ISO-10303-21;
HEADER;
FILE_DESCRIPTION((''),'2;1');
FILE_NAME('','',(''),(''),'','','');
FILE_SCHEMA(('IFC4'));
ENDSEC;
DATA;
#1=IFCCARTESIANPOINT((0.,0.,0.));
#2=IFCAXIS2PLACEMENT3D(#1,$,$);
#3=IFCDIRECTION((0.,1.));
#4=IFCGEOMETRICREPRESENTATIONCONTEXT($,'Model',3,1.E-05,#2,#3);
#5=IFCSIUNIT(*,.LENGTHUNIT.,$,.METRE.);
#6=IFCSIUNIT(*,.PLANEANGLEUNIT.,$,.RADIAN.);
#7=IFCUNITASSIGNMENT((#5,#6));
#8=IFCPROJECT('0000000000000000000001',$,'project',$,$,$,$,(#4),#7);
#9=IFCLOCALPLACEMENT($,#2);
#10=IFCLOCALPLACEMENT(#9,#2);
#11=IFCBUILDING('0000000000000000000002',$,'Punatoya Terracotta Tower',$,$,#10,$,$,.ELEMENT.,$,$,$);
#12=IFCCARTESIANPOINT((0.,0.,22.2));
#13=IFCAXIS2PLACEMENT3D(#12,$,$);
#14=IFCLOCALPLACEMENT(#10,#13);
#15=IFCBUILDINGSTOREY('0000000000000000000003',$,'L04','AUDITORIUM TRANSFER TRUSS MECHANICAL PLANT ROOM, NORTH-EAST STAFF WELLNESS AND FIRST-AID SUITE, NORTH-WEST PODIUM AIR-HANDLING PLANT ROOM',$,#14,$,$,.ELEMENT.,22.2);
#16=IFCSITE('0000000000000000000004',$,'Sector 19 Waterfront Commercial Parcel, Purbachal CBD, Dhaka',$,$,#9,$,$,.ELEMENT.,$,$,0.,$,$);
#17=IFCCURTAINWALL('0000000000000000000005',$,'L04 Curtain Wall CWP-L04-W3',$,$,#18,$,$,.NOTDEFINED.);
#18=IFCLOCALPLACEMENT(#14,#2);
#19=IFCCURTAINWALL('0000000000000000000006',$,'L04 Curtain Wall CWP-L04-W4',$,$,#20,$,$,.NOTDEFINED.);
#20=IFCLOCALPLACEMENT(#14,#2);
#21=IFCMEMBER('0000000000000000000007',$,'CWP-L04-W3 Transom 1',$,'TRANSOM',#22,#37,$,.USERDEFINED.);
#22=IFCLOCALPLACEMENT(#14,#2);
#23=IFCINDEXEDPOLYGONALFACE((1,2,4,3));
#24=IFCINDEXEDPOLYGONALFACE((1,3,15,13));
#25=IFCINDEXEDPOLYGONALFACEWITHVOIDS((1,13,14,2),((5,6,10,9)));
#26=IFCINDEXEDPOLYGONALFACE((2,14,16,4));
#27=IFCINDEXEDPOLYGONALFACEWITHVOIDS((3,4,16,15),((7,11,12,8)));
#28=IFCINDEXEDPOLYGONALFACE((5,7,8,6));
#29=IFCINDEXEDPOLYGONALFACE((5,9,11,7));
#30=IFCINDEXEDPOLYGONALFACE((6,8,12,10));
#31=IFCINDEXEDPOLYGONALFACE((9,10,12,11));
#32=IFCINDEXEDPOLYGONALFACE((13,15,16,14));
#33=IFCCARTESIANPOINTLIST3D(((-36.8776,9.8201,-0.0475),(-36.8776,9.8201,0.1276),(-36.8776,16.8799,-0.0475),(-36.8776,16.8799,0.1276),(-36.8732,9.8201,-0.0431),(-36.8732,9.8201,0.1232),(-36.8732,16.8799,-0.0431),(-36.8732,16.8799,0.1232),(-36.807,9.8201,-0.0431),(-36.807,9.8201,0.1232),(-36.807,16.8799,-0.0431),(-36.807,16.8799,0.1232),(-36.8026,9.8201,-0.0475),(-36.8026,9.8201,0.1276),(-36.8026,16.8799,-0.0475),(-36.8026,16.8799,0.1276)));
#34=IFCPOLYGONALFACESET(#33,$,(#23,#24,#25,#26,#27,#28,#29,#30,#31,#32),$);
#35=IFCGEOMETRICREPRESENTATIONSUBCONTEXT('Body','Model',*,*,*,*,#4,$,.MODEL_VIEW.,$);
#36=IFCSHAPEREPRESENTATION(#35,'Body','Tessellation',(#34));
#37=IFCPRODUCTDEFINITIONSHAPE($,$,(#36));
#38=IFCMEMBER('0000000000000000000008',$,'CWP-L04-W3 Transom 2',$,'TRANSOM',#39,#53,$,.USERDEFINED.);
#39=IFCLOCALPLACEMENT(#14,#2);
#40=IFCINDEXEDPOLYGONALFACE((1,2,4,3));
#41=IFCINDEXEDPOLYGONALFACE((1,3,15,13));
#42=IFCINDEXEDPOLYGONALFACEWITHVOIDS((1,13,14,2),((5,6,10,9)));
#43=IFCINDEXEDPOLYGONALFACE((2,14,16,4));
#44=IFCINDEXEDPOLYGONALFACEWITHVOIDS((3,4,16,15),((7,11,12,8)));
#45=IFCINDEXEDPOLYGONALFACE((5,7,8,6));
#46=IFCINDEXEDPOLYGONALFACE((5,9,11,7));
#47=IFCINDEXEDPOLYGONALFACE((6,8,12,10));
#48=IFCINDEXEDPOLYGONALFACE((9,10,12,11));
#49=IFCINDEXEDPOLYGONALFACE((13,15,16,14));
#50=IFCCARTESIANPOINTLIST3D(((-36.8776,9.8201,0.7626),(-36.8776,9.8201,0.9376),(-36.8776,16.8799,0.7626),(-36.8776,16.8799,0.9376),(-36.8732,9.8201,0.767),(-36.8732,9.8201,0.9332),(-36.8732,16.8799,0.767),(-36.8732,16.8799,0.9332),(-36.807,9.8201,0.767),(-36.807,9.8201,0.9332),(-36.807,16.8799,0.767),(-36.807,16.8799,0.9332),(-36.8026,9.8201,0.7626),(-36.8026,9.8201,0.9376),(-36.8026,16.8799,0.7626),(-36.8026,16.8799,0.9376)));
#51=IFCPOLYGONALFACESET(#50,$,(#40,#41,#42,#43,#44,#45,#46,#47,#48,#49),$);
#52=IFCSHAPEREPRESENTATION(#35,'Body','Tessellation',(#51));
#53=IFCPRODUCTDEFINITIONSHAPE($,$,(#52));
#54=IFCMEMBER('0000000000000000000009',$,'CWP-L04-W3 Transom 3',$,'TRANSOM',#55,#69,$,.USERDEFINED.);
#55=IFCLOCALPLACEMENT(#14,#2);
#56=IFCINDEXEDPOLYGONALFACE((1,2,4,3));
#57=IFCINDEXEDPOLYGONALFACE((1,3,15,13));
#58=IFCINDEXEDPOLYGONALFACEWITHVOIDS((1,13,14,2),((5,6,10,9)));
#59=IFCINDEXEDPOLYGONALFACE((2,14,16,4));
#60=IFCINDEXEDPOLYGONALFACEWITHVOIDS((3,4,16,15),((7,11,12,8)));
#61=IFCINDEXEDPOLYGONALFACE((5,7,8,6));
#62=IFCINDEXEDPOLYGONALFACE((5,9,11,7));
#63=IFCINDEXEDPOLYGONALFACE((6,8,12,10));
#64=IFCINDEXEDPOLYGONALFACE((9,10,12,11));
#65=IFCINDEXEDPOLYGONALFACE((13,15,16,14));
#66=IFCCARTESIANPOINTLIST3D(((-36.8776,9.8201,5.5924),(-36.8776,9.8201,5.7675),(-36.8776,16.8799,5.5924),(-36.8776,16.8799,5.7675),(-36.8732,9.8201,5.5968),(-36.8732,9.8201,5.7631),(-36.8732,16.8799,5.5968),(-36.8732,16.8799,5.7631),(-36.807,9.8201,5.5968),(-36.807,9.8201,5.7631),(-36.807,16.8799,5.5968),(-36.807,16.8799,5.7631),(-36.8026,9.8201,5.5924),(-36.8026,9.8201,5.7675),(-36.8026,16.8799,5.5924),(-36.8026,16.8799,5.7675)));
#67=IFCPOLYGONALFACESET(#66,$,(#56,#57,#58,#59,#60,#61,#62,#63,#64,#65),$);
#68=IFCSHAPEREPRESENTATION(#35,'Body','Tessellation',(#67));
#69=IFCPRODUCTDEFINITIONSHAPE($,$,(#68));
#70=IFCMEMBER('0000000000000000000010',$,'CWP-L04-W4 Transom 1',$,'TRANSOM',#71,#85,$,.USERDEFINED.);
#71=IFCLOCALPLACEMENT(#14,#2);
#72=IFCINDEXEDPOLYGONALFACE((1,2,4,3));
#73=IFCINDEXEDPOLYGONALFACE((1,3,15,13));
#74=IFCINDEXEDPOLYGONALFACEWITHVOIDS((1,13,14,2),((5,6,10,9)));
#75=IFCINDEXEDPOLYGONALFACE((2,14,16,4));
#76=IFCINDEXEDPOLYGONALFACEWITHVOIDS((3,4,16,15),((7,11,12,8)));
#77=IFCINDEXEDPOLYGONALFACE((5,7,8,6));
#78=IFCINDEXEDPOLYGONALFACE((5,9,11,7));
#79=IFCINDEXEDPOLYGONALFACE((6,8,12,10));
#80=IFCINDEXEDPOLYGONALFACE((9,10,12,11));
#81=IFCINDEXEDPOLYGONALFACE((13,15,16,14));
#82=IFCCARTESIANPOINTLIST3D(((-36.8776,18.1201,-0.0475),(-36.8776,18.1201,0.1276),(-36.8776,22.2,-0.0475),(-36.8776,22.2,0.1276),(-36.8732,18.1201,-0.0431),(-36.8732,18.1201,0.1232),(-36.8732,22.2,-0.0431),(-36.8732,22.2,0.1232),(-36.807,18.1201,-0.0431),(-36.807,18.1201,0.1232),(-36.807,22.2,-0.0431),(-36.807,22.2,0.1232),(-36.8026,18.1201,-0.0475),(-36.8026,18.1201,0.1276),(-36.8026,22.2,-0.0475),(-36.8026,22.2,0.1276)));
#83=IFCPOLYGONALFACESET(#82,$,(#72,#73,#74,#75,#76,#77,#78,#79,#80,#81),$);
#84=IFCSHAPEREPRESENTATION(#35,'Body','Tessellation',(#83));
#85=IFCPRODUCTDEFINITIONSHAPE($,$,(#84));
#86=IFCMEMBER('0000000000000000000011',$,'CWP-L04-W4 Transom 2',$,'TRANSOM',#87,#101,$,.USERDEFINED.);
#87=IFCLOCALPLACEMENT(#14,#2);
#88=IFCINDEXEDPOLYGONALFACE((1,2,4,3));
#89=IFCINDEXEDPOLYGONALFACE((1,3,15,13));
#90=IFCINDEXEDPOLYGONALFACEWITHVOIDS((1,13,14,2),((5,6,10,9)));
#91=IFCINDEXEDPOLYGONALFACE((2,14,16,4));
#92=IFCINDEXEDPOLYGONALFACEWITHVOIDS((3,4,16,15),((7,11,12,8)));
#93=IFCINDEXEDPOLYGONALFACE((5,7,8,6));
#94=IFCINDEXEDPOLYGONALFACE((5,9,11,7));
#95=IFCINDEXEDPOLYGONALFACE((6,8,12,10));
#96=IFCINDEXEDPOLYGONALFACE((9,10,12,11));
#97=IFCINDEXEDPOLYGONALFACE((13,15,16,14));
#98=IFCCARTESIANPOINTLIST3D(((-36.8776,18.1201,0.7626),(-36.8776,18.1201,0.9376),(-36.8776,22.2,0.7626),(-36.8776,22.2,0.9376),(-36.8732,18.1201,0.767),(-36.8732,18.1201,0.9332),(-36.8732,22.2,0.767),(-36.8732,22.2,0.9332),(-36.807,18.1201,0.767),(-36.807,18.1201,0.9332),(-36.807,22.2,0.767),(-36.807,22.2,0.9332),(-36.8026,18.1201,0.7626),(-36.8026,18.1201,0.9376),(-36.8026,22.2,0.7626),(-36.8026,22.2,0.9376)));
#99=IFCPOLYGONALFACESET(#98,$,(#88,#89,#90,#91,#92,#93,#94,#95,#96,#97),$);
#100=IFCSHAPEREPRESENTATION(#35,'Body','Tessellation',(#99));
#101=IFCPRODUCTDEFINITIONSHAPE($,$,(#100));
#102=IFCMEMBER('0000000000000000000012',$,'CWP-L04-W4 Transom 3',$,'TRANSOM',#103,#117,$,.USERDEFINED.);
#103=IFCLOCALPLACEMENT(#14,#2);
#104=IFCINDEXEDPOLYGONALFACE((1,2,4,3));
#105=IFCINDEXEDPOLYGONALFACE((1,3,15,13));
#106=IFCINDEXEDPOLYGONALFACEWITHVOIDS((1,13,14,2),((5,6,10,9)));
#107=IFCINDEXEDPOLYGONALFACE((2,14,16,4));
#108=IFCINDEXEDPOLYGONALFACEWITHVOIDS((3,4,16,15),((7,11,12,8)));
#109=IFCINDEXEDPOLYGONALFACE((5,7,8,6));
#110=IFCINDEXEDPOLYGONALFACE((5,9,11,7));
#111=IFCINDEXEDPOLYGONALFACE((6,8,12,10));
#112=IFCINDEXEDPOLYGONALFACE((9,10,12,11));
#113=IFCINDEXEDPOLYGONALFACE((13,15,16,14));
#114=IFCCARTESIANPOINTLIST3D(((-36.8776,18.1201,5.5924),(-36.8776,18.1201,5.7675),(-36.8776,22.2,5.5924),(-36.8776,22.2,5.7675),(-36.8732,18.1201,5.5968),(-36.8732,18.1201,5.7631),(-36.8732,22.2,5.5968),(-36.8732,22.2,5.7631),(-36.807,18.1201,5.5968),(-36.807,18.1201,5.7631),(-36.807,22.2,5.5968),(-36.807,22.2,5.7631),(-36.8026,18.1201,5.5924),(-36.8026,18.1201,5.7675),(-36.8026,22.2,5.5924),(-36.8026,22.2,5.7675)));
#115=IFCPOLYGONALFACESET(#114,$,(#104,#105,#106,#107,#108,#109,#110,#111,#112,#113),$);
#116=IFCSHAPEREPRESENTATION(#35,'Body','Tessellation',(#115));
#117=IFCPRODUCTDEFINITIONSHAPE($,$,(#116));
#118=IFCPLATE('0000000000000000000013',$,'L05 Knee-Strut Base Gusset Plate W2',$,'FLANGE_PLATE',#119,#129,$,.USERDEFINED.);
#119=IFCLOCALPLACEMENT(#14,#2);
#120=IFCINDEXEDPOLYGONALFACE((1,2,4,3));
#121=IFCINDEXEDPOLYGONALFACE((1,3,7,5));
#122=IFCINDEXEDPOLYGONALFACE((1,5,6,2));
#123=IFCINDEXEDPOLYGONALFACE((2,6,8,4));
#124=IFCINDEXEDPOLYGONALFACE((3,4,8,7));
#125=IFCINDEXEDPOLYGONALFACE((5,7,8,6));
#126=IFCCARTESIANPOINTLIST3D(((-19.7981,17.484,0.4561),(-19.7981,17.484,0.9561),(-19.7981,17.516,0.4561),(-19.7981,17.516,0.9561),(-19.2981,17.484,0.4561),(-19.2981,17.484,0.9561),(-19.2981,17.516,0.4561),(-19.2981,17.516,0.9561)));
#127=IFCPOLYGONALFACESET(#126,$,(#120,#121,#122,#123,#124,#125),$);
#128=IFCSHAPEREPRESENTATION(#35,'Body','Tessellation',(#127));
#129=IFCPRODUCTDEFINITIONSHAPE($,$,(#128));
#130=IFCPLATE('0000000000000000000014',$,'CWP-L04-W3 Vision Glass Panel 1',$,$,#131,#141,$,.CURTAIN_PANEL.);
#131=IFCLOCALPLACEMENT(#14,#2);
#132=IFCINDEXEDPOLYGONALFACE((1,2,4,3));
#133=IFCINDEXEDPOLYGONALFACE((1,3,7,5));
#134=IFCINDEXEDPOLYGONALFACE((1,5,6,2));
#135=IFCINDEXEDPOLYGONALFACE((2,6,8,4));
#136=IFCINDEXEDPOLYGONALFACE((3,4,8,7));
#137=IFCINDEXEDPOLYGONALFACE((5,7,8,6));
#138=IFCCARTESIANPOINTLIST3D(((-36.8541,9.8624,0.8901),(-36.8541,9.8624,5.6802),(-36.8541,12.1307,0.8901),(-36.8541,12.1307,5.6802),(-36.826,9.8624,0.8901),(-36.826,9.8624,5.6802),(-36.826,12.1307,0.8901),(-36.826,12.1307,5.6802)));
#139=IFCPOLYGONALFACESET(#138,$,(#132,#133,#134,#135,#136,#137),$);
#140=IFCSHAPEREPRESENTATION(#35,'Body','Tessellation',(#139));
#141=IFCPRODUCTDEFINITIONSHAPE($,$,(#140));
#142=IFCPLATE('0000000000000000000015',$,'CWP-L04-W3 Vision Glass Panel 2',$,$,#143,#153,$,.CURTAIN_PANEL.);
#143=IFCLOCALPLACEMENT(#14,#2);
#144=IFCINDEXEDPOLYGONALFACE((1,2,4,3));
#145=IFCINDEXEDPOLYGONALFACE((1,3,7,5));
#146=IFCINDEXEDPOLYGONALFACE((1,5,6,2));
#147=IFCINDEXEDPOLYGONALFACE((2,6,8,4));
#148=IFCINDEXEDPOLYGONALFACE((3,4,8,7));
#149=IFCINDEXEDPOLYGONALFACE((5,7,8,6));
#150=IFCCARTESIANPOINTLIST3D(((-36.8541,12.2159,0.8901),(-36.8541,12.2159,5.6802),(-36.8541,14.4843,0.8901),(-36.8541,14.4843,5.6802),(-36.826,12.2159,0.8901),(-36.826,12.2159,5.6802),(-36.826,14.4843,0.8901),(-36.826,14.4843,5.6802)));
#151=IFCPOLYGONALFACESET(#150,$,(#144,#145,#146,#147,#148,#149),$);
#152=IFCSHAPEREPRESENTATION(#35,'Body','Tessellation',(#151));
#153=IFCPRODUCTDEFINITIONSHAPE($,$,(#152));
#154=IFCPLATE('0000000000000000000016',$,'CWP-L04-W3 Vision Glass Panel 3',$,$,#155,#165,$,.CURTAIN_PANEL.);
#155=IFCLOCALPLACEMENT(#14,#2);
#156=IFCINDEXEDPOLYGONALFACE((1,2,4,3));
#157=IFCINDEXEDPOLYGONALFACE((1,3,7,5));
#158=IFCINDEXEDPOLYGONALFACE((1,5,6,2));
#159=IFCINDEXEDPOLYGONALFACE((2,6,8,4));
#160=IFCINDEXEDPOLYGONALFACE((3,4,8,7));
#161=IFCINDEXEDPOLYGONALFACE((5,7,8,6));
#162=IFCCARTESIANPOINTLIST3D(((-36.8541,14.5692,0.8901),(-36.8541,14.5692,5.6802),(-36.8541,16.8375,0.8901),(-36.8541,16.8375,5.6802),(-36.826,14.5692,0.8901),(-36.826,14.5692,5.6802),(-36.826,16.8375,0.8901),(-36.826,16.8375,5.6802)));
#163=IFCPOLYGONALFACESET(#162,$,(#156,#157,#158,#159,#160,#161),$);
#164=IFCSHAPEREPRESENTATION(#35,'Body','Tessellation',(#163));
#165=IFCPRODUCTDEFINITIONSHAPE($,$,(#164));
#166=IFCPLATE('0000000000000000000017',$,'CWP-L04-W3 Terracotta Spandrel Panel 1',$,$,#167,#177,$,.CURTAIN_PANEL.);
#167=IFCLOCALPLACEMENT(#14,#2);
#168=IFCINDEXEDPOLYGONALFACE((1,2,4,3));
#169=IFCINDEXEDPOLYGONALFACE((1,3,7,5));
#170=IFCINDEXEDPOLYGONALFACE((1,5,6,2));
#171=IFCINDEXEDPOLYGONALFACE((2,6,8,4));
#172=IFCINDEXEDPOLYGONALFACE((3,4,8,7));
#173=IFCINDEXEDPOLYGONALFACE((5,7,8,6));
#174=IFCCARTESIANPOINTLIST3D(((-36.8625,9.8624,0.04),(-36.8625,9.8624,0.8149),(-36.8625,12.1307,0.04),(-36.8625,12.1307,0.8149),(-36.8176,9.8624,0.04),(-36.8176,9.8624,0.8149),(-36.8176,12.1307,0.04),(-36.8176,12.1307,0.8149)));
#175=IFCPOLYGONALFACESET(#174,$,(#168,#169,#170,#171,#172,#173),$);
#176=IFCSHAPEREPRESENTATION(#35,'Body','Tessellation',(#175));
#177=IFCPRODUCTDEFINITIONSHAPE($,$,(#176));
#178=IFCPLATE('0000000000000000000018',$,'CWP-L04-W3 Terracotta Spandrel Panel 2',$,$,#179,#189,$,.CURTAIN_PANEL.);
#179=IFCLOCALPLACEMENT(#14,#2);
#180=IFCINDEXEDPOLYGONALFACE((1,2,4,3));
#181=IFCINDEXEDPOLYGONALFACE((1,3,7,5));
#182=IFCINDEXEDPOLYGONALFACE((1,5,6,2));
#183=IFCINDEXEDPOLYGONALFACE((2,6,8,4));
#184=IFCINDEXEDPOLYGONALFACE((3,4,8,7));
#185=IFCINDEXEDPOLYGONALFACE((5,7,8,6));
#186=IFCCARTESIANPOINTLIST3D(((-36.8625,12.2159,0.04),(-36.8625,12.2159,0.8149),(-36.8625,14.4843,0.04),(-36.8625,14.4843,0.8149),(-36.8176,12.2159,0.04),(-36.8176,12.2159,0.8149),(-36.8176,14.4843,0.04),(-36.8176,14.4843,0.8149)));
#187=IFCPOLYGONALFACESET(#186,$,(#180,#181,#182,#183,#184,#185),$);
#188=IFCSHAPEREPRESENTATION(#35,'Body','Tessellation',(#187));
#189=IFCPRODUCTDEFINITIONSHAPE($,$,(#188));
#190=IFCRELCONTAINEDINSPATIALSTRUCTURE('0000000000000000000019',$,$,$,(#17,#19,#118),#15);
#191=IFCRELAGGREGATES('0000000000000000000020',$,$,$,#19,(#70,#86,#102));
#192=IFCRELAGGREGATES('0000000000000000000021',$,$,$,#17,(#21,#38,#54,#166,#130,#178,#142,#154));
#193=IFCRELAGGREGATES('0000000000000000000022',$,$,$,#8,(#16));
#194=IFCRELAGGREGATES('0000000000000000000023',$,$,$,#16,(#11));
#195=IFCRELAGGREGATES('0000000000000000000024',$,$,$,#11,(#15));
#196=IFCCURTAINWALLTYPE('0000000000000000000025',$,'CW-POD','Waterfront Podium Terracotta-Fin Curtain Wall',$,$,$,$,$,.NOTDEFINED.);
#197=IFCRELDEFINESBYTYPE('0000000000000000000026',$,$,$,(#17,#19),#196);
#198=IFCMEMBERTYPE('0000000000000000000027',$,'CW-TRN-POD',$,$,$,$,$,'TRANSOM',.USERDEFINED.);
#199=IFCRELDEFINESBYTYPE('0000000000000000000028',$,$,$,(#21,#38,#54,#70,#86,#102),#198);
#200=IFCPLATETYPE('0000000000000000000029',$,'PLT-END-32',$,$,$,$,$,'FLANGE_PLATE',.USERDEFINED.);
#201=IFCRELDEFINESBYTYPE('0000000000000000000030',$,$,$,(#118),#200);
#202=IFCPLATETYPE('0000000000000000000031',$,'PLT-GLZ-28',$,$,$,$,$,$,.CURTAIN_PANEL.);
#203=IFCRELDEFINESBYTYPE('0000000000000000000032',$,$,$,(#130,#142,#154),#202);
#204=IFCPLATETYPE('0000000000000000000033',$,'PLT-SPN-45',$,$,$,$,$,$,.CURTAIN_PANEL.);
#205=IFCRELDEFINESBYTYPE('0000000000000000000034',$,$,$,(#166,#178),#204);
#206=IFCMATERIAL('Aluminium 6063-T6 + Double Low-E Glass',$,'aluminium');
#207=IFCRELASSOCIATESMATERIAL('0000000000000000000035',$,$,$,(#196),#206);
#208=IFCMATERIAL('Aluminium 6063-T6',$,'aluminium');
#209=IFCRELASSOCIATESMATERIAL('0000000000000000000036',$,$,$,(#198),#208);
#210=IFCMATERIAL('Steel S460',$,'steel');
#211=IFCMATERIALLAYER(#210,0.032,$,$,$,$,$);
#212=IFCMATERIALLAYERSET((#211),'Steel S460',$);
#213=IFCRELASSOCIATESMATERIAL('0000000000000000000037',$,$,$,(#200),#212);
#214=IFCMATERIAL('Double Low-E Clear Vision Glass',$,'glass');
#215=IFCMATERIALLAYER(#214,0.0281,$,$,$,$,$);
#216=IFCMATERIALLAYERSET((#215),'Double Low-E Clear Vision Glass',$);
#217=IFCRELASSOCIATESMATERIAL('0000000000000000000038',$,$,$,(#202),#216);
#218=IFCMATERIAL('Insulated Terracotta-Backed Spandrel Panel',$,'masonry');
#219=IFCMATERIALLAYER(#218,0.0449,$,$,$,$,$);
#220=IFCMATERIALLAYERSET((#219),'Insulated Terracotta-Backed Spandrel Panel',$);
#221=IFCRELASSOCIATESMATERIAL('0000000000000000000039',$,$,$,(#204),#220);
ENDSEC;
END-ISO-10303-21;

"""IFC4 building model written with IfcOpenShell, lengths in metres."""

from ifc_helpers import new_model, si_unit, direction, frame, origin, origin_2d, place, context, subcontext, project, spatial, rectangle, hollow_rectangle, extrude, material, layer, layer_set, material_profile, profile_set, type_object, element, aggregate, save


model = new_model("IFC4")

# Units and contexts
model_context = context("Model", 3, precision=1e-05, world=origin(), true_north=direction((0.0, 1.0)))
body_context = subcontext(model_context, "Body", "Model", "MODEL_VIEW")
ifc_project = project(units=[si_unit("LENGTHUNIT", "METRE"), si_unit("PLANEANGLEUNIT", "RADIAN")], contexts=[model_context])

# Site, building, storey
site_placement = place(None, origin())
site = spatial("IfcSite", under=ifc_project, at=site_placement, Name="Sector 19 Waterfront Commercial Parcel, Purbachal CBD, Dhaka", CompositionType="ELEMENT", RefElevation=0.0)
building_placement = place(site_placement, origin())
building = spatial("IfcBuilding", under=site, at=building_placement, Name="Punatoya Terracotta Tower", CompositionType="ELEMENT")
storey_placement = place(building_placement, frame((0.0, 0.0, 22.2)))
storey = spatial("IfcBuildingStorey", under=building, at=storey_placement, Name="L04", Description="AUDITORIUM TRANSFER TRUSS MECHANICAL PLANT ROOM, NORTH-EAST STAFF WELLNESS AND FIRST-AID SUITE, NORTH-WEST PODIUM AIR-HANDLING PLANT ROOM", CompositionType="ELEMENT", Elevation=22.2)

# Shared definitions
ifc_material_1 = material(Name="Steel S460", Category="steel")

# Curtain wall
ifc_material_2 = material(Name="Aluminium 6063-T6 + Double Low-E Glass", Category="aluminium")
curtain_wall_type = type_object("IfcCurtainWallType", Name="CW-POD", Description="Waterfront Podium Terracotta-Fin Curtain Wall", PredefinedType="NOTDEFINED", material=ifc_material_2)
curtain_wall_1_placement = place(storey_placement, origin())
curtain_wall_1 = element("IfcCurtainWall", 1, at=curtain_wall_1_placement, inside=storey, type_object=curtain_wall_type, Name="L04 Curtain Wall CWP-L04-W3", PredefinedType="NOTDEFINED")
ifc_material_3 = material(Name="Aluminium 6063-T6", Category="aluminium")

# Curtain wall
curtain_wall_2_placement = place(storey_placement, origin())
curtain_wall_2 = element("IfcCurtainWall", 2, at=curtain_wall_2_placement, inside=storey, type_object=curtain_wall_type, Name="L04 Curtain Wall CWP-L04-W4", PredefinedType="NOTDEFINED")

# Members
ifc_material_profile_1 = material_profile(ifc_material_3, hollow_rectangle(XDim=0.075, YDim=0.175, WallThickness=0.0044, at=origin_2d()))
ifc_profile_set_1 = profile_set([ifc_material_profile_1], Name="Aluminium 6063-T6")
member_type_1 = type_object("IfcMemberType", Name="CW-TRN-POD", ElementType="TRANSOM", PredefinedType="USERDEFINED", material=ifc_profile_set_1)
member_1_placement = place(storey_placement, frame((-36.8401, 9.8201, 0.04), z_axis=(0.0, 1.0, 0.0), x_axis=(-1.0, 0.0, 0.0)))
member_1 = element("IfcMember", 3, at=member_1_placement, type_object=member_type_1, Name="CWP-L04-W3 Transom 1", ObjectType="TRANSOM", PredefinedType="USERDEFINED", context=body_context, shape_type="SweptSolid", body=[
    extrude(hollow_rectangle(XDim=0.075, YDim=0.175, WallThickness=0.0044, at=origin_2d()), origin(), (0.0, 0.0, 1.0), 7.0598),
])
member_2_placement = place(storey_placement, frame((-36.8401, 9.8201, 0.8501), z_axis=(0.0, 1.0, 0.0), x_axis=(-1.0, 0.0, 0.0)))
member_2 = element("IfcMember", 4, at=member_2_placement, type_object=member_type_1, Name="CWP-L04-W3 Transom 2", ObjectType="TRANSOM", PredefinedType="USERDEFINED", context=body_context, shape_type="SweptSolid", body=[
    extrude(hollow_rectangle(XDim=0.075, YDim=0.175, WallThickness=0.0044, at=origin_2d()), origin(), (0.0, 0.0, 1.0), 7.0598),
])
member_3_placement = place(storey_placement, frame((-36.8401, 9.8201, 5.6799), z_axis=(0.0, 1.0, 0.0), x_axis=(-1.0, 0.0, 0.0)))
member_3 = element("IfcMember", 5, at=member_3_placement, type_object=member_type_1, Name="CWP-L04-W3 Transom 3", ObjectType="TRANSOM", PredefinedType="USERDEFINED", context=body_context, shape_type="SweptSolid", body=[
    extrude(hollow_rectangle(XDim=0.075, YDim=0.175, WallThickness=0.0044, at=origin_2d()), origin(), (0.0, 0.0, 1.0), 7.0598),
])
member_4_placement = place(storey_placement, frame((-36.8401, 18.1201, 0.04), z_axis=(0.0, 1.0, 0.0), x_axis=(-1.0, 0.0, 0.0)))
member_4 = element("IfcMember", 6, at=member_4_placement, type_object=member_type_1, Name="CWP-L04-W4 Transom 1", ObjectType="TRANSOM", PredefinedType="USERDEFINED", context=body_context, shape_type="SweptSolid", body=[
    extrude(hollow_rectangle(XDim=0.075, YDim=0.175, WallThickness=0.0044, at=origin_2d()), origin(), (0.0, 0.0, 1.0), 4.0798),
])
member_5_placement = place(storey_placement, frame((-36.8401, 18.1201, 0.8501), z_axis=(0.0, 1.0, 0.0), x_axis=(-1.0, 0.0, 0.0)))
member_5 = element("IfcMember", 7, at=member_5_placement, type_object=member_type_1, Name="CWP-L04-W4 Transom 2", ObjectType="TRANSOM", PredefinedType="USERDEFINED", context=body_context, shape_type="SweptSolid", body=[
    extrude(hollow_rectangle(XDim=0.075, YDim=0.175, WallThickness=0.0044, at=origin_2d()), origin(), (0.0, 0.0, 1.0), 4.0798),
])
member_6_placement = place(storey_placement, frame((-36.8401, 18.1201, 5.6799), z_axis=(0.0, 1.0, 0.0), x_axis=(-1.0, 0.0, 0.0)))
member_6 = element("IfcMember", 8, at=member_6_placement, type_object=member_type_1, Name="CWP-L04-W4 Transom 3", ObjectType="TRANSOM", PredefinedType="USERDEFINED", context=body_context, shape_type="SweptSolid", body=[
    extrude(hollow_rectangle(XDim=0.075, YDim=0.175, WallThickness=0.0044, at=origin_2d()), origin(), (0.0, 0.0, 1.0), 4.0798),
])
aggregate(curtain_wall_2, [member_4, member_5, member_6])

# Plates
ifc_layer_1 = layer(ifc_material_1, 0.032)
ifc_layer_set_1 = layer_set([ifc_layer_1], Name="Steel S460")
plate_type_1 = type_object("IfcPlateType", Name="PLT-END-32", ElementType="FLANGE_PLATE", PredefinedType="USERDEFINED", material=ifc_layer_set_1)
plate_1_placement = place(storey_placement, frame((-19.5481, 17.5, 0.4561), z_axis=(0.0, 0.0, 1.0), x_axis=(1.0, 0.0, 0.0)))
element("IfcPlate", 9, at=plate_1_placement, inside=storey, type_object=plate_type_1, Name="L05 Knee-Strut Base Gusset Plate W2", ObjectType="FLANGE_PLATE", PredefinedType="USERDEFINED", context=body_context, shape_type="SweptSolid", body=[
    extrude(rectangle(XDim=0.5, YDim=0.032, at=origin_2d()), origin(), (0.0, 0.0, 1.0), 0.5),
])
ifc_material_4 = material(Name="Double Low-E Clear Vision Glass", Category="glass")
ifc_layer_2 = layer(ifc_material_4, 0.0281)
ifc_layer_set_2 = layer_set([ifc_layer_2], Name="Double Low-E Clear Vision Glass")
plate_type_2 = type_object("IfcPlateType", Name="PLT-GLZ-28", PredefinedType="CURTAIN_PANEL", material=ifc_layer_set_2)
plate_2_placement = place(storey_placement, frame((-36.8401, 10.9966, 0.8901), z_axis=(0.0, 0.0, 1.0), x_axis=(0.0, 1.0, 0.0)))
plate_2 = element("IfcPlate", 10, at=plate_2_placement, type_object=plate_type_2, Name="CWP-L04-W3 Vision Glass Panel 1", PredefinedType="CURTAIN_PANEL", context=body_context, shape_type="SweptSolid", body=[
    extrude(rectangle(XDim=2.2683, YDim=0.0281, at=origin_2d()), origin(), (0.0, 0.0, 1.0), 4.79),
])
plate_3_placement = place(storey_placement, frame((-36.8401, 13.3501, 0.8901), z_axis=(0.0, 0.0, 1.0), x_axis=(0.0, 1.0, 0.0)))
plate_3 = element("IfcPlate", 11, at=plate_3_placement, type_object=plate_type_2, Name="CWP-L04-W3 Vision Glass Panel 2", PredefinedType="CURTAIN_PANEL", context=body_context, shape_type="SweptSolid", body=[
    extrude(rectangle(XDim=2.2683, YDim=0.0281, at=origin_2d()), origin(), (0.0, 0.0, 1.0), 4.79),
])
plate_4_placement = place(storey_placement, frame((-36.8401, 15.7034, 0.8901), z_axis=(0.0, 0.0, 1.0), x_axis=(0.0, 1.0, 0.0)))
plate_4 = element("IfcPlate", 12, at=plate_4_placement, type_object=plate_type_2, Name="CWP-L04-W3 Vision Glass Panel 3", PredefinedType="CURTAIN_PANEL", context=body_context, shape_type="SweptSolid", body=[
    extrude(rectangle(XDim=2.2683, YDim=0.0281, at=origin_2d()), origin(), (0.0, 0.0, 1.0), 4.79),
])
ifc_material_5 = material(Name="Insulated Terracotta-Backed Spandrel Panel", Category="masonry")
ifc_layer_3 = layer(ifc_material_5, 0.0449)
ifc_layer_set_3 = layer_set([ifc_layer_3], Name="Insulated Terracotta-Backed Spandrel Panel")
plate_type_3 = type_object("IfcPlateType", Name="PLT-SPN-45", PredefinedType="CURTAIN_PANEL", material=ifc_layer_set_3)
plate_5_placement = place(storey_placement, frame((-36.8401, 10.9966, 0.04), z_axis=(0.0, 0.0, 1.0), x_axis=(0.0, 1.0, 0.0)))
plate_5 = element("IfcPlate", 13, at=plate_5_placement, type_object=plate_type_3, Name="CWP-L04-W3 Terracotta Spandrel Panel 1", PredefinedType="CURTAIN_PANEL", context=body_context, shape_type="SweptSolid", body=[
    extrude(rectangle(XDim=2.2683, YDim=0.0449, at=origin_2d()), origin(), (0.0, 0.0, 1.0), 0.7749),
])
plate_6_placement = place(storey_placement, frame((-36.8401, 13.3501, 0.04), z_axis=(0.0, 0.0, 1.0), x_axis=(0.0, 1.0, 0.0)))
plate_6 = element("IfcPlate", 14, at=plate_6_placement, type_object=plate_type_3, Name="CWP-L04-W3 Terracotta Spandrel Panel 2", PredefinedType="CURTAIN_PANEL", context=body_context, shape_type="SweptSolid", body=[
    extrude(rectangle(XDim=2.2683, YDim=0.0449, at=origin_2d()), origin(), (0.0, 0.0, 1.0), 0.7749),
])
aggregate(curtain_wall_1, [member_1, member_2, member_3, plate_5, plate_2, plate_6, plate_3, plate_4])

save(model, "model.ifc")
